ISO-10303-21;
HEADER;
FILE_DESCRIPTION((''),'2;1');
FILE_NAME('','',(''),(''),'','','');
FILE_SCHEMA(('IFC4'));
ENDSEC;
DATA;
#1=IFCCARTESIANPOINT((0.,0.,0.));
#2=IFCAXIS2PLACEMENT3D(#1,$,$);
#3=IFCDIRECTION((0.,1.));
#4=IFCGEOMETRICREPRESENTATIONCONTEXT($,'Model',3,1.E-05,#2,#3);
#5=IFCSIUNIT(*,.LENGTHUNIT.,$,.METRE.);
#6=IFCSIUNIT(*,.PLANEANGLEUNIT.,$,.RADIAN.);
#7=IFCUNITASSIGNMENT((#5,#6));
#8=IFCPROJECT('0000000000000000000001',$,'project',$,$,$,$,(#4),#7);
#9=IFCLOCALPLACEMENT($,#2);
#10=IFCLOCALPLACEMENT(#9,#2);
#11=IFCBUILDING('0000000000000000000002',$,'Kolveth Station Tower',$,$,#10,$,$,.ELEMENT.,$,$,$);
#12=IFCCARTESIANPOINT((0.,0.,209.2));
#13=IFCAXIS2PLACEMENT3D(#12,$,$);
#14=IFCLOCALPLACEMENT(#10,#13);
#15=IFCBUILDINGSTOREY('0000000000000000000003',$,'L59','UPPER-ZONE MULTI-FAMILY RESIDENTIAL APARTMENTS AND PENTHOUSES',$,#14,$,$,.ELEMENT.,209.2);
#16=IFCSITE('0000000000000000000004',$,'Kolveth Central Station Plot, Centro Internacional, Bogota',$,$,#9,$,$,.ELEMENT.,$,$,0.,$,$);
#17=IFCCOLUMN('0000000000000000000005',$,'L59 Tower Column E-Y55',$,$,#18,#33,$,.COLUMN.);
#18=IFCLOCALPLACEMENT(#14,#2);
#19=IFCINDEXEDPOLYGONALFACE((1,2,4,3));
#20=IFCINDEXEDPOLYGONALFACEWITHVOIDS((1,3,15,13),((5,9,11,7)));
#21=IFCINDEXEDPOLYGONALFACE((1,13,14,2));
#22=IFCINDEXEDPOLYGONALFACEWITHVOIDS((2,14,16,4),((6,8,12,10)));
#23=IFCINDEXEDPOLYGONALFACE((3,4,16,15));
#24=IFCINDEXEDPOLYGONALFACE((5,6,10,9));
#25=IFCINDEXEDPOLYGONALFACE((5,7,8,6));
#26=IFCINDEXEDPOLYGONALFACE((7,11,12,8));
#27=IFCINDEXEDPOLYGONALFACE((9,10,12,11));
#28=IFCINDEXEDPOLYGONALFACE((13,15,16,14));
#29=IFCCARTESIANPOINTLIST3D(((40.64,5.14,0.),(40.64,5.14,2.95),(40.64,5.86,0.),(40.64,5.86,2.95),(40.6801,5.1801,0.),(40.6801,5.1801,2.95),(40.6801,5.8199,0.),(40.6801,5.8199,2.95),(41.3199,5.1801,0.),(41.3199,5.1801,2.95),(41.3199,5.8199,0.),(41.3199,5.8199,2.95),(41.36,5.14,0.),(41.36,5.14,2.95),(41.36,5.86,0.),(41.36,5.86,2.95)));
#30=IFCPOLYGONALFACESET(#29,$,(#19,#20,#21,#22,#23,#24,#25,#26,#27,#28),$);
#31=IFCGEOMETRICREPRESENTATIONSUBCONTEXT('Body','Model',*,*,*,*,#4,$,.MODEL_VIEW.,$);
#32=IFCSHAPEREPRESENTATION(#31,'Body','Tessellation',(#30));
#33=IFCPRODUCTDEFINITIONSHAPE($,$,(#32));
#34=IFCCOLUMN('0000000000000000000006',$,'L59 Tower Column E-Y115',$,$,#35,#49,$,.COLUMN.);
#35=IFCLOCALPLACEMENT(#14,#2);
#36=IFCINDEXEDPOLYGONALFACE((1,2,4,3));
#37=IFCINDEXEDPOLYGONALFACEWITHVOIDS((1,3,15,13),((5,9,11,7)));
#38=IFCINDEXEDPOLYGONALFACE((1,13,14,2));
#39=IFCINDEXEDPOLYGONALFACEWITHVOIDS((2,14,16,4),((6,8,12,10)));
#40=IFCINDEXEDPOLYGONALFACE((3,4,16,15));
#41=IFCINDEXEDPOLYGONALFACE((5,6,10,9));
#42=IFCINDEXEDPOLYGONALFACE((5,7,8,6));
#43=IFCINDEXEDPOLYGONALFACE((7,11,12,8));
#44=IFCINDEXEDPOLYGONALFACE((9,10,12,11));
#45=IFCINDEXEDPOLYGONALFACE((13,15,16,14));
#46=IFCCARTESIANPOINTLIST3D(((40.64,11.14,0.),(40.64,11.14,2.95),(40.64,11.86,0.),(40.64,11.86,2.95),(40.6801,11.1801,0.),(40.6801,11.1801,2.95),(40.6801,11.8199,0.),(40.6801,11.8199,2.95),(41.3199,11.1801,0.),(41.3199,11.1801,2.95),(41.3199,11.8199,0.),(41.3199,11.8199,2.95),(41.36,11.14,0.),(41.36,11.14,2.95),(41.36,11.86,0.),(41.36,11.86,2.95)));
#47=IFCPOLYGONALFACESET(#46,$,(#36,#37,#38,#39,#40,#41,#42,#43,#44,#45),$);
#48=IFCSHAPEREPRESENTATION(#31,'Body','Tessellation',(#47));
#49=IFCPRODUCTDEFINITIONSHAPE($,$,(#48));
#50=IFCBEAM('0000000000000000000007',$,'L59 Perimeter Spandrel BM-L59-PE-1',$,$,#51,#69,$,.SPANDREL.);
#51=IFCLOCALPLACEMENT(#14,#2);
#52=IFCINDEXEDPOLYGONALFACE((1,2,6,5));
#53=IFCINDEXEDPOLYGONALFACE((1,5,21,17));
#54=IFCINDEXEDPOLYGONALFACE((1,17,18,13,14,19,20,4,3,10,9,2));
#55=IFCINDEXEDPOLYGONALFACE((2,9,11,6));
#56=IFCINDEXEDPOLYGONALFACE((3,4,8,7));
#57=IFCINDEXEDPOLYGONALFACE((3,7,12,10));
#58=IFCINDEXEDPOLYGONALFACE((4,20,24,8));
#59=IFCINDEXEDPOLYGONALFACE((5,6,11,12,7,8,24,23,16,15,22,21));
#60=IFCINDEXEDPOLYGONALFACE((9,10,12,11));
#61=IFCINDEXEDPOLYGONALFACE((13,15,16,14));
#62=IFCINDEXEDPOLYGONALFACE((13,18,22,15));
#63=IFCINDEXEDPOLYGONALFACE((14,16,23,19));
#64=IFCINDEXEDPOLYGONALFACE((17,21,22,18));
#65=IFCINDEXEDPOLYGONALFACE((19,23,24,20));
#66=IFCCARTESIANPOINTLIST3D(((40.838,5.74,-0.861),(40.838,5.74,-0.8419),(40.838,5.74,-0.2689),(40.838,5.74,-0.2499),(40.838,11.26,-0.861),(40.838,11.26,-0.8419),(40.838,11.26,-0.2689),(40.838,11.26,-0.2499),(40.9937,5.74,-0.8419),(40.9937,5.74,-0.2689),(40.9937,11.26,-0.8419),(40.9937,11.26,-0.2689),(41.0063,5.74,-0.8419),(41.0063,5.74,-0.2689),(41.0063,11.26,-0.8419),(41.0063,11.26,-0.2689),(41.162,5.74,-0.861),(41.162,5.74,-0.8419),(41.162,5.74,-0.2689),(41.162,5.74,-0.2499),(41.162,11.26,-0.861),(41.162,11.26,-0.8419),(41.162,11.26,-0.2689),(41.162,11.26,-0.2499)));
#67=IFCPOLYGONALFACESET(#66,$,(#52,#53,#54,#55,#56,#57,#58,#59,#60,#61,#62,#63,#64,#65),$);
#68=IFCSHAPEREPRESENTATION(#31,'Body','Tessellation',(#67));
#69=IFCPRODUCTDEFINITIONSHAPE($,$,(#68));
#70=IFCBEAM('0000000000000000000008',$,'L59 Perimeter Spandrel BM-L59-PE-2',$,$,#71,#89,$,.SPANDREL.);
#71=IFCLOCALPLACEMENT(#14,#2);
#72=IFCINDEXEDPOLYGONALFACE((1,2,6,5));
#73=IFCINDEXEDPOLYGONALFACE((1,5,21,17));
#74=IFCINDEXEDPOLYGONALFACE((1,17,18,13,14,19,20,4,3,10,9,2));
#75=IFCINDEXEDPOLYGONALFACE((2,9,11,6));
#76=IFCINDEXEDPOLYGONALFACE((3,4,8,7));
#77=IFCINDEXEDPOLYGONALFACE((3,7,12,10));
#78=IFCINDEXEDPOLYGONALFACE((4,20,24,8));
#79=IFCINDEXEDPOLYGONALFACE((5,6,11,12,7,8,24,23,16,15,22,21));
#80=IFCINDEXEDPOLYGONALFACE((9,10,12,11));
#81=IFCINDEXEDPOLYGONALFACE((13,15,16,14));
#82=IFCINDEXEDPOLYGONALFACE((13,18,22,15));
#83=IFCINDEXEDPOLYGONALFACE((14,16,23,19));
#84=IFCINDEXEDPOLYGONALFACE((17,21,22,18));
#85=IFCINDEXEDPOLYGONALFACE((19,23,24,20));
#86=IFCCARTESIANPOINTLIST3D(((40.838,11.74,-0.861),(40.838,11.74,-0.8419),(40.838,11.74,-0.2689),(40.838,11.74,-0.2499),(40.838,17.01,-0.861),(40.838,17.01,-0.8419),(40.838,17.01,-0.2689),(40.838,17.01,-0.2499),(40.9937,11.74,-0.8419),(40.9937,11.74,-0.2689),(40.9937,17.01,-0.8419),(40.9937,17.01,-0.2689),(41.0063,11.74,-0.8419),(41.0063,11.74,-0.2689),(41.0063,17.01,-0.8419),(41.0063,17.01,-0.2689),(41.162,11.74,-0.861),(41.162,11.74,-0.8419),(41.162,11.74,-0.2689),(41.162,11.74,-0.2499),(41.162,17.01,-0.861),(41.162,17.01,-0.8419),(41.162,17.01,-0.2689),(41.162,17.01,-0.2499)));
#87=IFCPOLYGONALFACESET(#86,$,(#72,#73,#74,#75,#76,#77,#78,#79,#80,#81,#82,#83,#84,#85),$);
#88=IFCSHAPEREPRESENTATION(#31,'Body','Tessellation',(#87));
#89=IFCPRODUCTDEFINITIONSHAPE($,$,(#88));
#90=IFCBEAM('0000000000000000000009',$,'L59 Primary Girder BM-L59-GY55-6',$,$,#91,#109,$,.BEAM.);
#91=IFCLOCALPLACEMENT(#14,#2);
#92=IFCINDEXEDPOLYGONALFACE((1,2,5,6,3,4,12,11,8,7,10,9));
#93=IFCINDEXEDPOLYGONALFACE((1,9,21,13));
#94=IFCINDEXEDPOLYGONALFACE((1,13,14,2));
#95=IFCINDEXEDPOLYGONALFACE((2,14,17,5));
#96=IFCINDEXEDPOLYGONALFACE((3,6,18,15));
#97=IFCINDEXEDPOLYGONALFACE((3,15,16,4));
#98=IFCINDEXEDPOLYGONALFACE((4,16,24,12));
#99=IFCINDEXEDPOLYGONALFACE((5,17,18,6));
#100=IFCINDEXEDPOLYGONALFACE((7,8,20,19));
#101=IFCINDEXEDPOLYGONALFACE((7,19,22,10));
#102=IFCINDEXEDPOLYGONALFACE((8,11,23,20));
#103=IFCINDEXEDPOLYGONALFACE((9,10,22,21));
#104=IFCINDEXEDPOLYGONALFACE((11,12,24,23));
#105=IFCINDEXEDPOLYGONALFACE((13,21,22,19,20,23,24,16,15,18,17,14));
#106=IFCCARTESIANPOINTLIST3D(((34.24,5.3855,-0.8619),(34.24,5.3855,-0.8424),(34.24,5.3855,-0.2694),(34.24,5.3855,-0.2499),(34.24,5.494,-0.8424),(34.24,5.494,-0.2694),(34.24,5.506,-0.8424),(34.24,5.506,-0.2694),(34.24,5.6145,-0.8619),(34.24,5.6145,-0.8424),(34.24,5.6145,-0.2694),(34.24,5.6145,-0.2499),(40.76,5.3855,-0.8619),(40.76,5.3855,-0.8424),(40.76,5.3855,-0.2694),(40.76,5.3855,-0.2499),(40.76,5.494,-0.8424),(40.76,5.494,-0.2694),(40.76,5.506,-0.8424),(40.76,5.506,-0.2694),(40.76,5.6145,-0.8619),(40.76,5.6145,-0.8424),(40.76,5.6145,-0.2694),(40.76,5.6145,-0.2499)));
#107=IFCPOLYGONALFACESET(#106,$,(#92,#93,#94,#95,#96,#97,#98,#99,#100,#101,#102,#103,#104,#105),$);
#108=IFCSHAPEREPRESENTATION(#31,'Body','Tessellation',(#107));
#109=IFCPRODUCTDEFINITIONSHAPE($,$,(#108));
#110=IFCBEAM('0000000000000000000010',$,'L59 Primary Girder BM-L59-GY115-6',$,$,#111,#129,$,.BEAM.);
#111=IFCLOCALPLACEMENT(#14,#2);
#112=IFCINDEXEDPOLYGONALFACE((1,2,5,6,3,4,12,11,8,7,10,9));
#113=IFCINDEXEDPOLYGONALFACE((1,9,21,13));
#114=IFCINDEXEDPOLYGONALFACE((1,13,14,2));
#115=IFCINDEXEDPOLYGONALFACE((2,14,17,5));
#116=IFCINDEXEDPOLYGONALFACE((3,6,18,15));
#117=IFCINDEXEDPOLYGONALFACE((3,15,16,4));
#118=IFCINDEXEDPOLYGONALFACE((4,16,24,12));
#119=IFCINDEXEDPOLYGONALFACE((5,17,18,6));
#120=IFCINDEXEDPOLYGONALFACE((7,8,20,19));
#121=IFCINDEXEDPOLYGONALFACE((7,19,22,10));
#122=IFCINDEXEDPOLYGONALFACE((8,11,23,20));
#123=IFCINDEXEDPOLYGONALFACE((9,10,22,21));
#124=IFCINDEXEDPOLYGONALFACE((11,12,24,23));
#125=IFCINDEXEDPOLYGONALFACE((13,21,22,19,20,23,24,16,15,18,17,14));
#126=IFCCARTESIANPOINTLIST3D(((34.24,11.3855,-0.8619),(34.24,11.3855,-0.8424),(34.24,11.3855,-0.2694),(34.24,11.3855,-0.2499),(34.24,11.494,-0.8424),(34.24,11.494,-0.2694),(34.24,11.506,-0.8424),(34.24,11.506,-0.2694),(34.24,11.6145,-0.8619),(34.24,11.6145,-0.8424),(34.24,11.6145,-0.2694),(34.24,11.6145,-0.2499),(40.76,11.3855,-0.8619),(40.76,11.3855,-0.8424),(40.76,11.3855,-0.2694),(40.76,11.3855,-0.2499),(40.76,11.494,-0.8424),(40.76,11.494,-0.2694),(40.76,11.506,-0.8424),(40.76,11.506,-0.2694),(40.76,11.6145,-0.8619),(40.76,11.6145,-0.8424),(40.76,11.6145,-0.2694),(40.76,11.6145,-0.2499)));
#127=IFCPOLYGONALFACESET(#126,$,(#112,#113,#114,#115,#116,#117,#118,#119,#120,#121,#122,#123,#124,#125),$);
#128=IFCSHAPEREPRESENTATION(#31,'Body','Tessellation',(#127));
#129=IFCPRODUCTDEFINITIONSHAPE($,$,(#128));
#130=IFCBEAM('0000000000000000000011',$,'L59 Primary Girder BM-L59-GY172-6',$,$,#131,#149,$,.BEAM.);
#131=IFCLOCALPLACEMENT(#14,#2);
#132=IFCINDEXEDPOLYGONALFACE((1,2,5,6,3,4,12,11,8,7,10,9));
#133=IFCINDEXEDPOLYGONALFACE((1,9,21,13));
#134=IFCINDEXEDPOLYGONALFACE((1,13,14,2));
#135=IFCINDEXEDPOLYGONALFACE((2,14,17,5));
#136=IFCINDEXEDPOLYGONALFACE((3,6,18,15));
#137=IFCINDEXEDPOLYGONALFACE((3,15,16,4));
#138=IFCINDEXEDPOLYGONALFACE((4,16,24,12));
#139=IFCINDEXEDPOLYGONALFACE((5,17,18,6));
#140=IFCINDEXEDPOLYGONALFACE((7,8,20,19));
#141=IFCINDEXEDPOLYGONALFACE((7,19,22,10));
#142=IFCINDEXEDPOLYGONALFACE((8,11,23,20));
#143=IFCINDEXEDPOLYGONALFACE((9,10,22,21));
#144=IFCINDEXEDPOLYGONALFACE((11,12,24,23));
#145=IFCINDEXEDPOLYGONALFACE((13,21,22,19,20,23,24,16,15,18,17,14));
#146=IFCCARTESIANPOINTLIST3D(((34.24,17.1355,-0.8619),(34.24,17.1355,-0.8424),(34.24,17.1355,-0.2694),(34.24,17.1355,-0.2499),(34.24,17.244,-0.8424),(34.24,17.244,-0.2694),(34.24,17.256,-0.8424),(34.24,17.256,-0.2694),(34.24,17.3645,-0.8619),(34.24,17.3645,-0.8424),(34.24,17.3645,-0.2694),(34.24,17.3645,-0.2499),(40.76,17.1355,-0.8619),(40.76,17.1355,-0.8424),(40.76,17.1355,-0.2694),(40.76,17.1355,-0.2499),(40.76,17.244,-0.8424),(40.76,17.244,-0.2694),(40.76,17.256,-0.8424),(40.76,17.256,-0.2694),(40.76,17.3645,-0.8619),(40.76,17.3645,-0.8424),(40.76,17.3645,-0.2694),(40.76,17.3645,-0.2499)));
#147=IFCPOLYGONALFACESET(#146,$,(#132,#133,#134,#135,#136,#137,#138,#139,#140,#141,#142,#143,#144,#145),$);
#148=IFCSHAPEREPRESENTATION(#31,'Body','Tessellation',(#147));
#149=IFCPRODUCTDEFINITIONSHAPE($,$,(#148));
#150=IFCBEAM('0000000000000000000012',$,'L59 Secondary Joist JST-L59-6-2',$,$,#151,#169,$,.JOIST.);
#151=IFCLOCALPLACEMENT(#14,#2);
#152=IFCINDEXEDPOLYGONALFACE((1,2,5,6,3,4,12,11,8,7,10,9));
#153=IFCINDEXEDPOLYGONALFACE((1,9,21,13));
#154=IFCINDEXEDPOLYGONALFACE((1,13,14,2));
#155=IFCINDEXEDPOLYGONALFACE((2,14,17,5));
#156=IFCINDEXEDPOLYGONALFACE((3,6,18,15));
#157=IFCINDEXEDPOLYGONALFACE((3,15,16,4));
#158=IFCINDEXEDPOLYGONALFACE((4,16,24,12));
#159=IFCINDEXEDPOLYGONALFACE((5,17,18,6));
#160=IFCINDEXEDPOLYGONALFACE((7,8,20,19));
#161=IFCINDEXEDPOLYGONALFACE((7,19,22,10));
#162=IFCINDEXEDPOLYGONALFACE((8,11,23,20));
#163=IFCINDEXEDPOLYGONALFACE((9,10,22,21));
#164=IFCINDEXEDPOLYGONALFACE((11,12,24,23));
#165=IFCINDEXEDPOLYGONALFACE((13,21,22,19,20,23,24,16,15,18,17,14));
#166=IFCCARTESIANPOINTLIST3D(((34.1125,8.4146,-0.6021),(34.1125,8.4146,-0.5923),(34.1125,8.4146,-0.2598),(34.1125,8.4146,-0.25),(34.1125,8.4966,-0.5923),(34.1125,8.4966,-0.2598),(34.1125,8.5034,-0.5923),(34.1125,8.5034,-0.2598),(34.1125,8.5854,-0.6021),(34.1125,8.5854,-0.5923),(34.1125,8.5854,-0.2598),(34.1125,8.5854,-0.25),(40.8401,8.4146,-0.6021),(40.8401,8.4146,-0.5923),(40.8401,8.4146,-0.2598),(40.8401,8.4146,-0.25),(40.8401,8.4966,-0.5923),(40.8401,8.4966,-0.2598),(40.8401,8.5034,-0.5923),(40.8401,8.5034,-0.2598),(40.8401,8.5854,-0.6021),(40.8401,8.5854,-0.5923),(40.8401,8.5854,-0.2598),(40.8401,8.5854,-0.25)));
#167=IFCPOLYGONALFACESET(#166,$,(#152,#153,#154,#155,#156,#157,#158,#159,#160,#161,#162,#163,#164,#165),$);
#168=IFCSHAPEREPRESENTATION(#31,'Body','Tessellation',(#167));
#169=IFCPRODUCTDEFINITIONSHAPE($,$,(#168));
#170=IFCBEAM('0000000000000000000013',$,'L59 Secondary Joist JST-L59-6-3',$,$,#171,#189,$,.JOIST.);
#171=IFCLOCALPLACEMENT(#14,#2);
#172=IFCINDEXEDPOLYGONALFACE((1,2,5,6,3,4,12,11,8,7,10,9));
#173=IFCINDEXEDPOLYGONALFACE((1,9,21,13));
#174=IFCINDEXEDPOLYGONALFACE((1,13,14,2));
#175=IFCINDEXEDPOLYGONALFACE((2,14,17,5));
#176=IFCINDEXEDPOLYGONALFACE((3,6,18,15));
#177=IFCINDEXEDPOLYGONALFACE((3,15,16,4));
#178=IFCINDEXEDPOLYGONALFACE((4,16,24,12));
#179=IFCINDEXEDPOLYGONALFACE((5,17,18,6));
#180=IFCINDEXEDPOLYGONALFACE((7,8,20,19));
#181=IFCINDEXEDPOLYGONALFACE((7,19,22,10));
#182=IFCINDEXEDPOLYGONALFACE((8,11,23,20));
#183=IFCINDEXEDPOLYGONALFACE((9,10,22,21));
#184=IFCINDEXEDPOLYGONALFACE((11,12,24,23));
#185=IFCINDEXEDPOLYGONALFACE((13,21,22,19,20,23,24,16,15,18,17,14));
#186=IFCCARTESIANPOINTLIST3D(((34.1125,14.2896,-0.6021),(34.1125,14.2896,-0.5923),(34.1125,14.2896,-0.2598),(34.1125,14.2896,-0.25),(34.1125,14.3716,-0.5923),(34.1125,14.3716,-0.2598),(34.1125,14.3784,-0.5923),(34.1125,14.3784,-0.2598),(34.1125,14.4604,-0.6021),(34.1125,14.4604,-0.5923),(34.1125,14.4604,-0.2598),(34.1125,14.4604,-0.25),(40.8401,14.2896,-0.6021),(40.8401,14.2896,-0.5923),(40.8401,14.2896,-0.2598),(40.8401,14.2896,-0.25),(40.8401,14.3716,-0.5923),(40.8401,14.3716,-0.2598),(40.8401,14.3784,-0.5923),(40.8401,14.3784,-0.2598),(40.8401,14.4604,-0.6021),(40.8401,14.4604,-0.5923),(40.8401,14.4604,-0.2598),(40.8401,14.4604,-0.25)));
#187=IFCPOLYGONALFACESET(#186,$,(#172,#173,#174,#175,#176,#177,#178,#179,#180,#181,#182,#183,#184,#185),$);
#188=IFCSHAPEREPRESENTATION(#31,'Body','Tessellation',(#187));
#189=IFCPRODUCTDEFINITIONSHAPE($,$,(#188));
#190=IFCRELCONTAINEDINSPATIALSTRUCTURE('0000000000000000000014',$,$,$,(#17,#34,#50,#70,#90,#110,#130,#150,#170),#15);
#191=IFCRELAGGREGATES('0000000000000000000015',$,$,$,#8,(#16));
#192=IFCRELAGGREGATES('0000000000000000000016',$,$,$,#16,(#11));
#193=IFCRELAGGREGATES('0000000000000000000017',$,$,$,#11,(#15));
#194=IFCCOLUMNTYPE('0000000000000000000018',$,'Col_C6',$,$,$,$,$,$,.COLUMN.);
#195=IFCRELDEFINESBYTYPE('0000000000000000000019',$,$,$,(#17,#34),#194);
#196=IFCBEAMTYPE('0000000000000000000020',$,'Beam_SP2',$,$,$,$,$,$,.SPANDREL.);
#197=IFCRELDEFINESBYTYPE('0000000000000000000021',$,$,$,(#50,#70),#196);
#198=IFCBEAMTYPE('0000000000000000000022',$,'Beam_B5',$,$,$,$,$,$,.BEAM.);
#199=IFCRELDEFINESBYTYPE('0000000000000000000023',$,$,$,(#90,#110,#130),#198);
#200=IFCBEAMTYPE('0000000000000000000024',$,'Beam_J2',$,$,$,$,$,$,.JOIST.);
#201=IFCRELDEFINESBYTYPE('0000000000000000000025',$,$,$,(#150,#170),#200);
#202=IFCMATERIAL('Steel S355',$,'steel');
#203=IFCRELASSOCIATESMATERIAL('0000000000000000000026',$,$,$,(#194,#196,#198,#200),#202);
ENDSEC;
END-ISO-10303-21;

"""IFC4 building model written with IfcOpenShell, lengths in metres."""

from ifc_helpers import new_model, si_unit, direction, frame, origin, origin_2d, place, context, subcontext, project, spatial, hollow_rectangle, i_section, extrude, source, transform, mapped, material, material_profile, profile_set, type_object, element, save


model = new_model("IFC4")

# Units and contexts
model_context = context("Model", 3, precision=1e-05, world=origin(), true_north=direction((0.0, 1.0)))
body_context = subcontext(model_context, "Body", "Model", "MODEL_VIEW")
ifc_project = project(units=[si_unit("LENGTHUNIT", "METRE"), si_unit("PLANEANGLEUNIT", "RADIAN")], contexts=[model_context])

# Site, building, storey
site_placement = place(None, origin())
site = spatial("IfcSite", under=ifc_project, at=site_placement, Name="Kolveth Central Station Plot, Centro Internacional, Bogota", CompositionType="ELEMENT", RefElevation=0.0)
building_placement = place(site_placement, origin())
building = spatial("IfcBuilding", under=site, at=building_placement, Name="Kolveth Station Tower", CompositionType="ELEMENT")
storey_placement = place(building_placement, frame((0.0, 0.0, 209.2)))
storey = spatial("IfcBuildingStorey", under=building, at=storey_placement, Name="L59", Description="UPPER-ZONE MULTI-FAMILY RESIDENTIAL APARTMENTS AND PENTHOUSES", CompositionType="ELEMENT", Elevation=209.2)

# Columns
ifc_material_1 = material(Name="Steel S355", Category="steel")
ifc_material_profile_1 = material_profile(ifc_material_1, hollow_rectangle(XDim=0.72, YDim=0.72, WallThickness=0.04, at=origin_2d()), Name="BOX720x720x40")
ifc_profile_set_1 = profile_set([ifc_material_profile_1], Name="Steel S355")
column_type = type_object("IfcColumnType", Name="Col_C6", PredefinedType="COLUMN", material=ifc_profile_set_1)
shared_shape_1 = source(origin(), body_context, "Body", "SweptSolid", [
    extrude(hollow_rectangle(XDim=0.72, YDim=0.72, WallThickness=0.04, at=origin_2d()), origin(), (0.0, 0.0, 1.0), 2.95),
])
for number, where, z_axis, x_axis, name in (
    (1, (41.0, 5.5, 0.0), (0.0, 0.0, 1.0), (1.0, 0.0, 0.0), "L59 Tower Column E-Y55"),
    (2, (41.0, 11.5, 0.0), (0.0, 0.0, 1.0), (1.0, 0.0, 0.0), "L59 Tower Column E-Y115"),
):
    element("IfcColumn", number, at=place(storey_placement, frame(where, z_axis=z_axis, x_axis=x_axis)), inside=storey, type_object=column_type, Name=name, PredefinedType="COLUMN", context=body_context, shape_type="MappedRepresentation", body=[
        mapped(shared_shape_1, transform((0.0, 0.0, 0.0), x_axis=(1.0, 0.0, 0.0), y_axis=(0.0, 1.0, 0.0), z_axis=(0.0, 0.0, 1.0), scale=1.0)),
    ])

# Beams
ifc_material_profile_2 = material_profile(ifc_material_1, i_section(OverallWidth=0.324, OverallDepth=0.6111, WebThickness=0.0127, FlangeThickness=0.019, at=origin_2d()), Name="W610x155")
ifc_profile_set_2 = profile_set([ifc_material_profile_2], Name="Steel S355")
beam_type_1 = type_object("IfcBeamType", Name="Beam_SP2", PredefinedType="SPANDREL", material=ifc_profile_set_2)
shared_shape_2 = source(origin(), body_context, "Body", "SweptSolid", [
    extrude(i_section(OverallWidth=0.324, OverallDepth=0.6111, WebThickness=0.0127, FlangeThickness=0.019, at=origin_2d()), origin(), (0.0, 0.0, 1.0), 5.52),
])
beam_1_placement = place(storey_placement, frame((41.0, 5.74, -0.5554), z_axis=(0.0, 1.0, 0.0), x_axis=(-1.0, 0.0, 0.0)))
element("IfcBeam", 3, at=beam_1_placement, inside=storey, type_object=beam_type_1, Name="L59 Perimeter Spandrel BM-L59-PE-1", PredefinedType="SPANDREL", context=body_context, shape_type="MappedRepresentation", body=[
    mapped(shared_shape_2, transform((0.0, 0.0, 0.0), x_axis=(1.0, 0.0, 0.0), y_axis=(0.0, 1.0, 0.0), z_axis=(0.0, 0.0, 1.0), scale=1.0)),
])
shared_shape_3 = source(origin(), body_context, "Body", "SweptSolid", [
    extrude(i_section(OverallWidth=0.324, OverallDepth=0.6111, WebThickness=0.0127, FlangeThickness=0.019, at=origin_2d()), origin(), (0.0, 0.0, 1.0), 5.27),
])
beam_2_placement = place(storey_placement, frame((41.0, 11.74, -0.5554), z_axis=(0.0, 1.0, 0.0), x_axis=(-1.0, 0.0, 0.0)))
element("IfcBeam", 4, at=beam_2_placement, inside=storey, type_object=beam_type_1, Name="L59 Perimeter Spandrel BM-L59-PE-2", PredefinedType="SPANDREL", context=body_context, shape_type="MappedRepresentation", body=[
    mapped(shared_shape_3, transform((0.0, 0.0, 0.0), x_axis=(1.0, 0.0, 0.0), y_axis=(0.0, 1.0, 0.0), z_axis=(0.0, 0.0, 1.0), scale=1.0)),
])
ifc_material_profile_3 = material_profile(ifc_material_1, i_section(OverallWidth=0.229, OverallDepth=0.6121, WebThickness=0.012, FlangeThickness=0.0195, at=origin_2d()), Name="W610x125")
ifc_profile_set_3 = profile_set([ifc_material_profile_3], Name="Steel S355")
beam_type_2 = type_object("IfcBeamType", Name="Beam_B5", PredefinedType="BEAM", material=ifc_profile_set_3)
shared_shape_4 = source(origin(), body_context, "Body", "SweptSolid", [
    extrude(i_section(OverallWidth=0.229, OverallDepth=0.6121, WebThickness=0.012, FlangeThickness=0.0195, at=origin_2d()), origin(), (0.0, 0.0, 1.0), 6.52),
])
for number, where, z_axis, x_axis, name in (
    (5, (34.24, 5.5, -0.5559), (1.0, 0.0, 0.0), (0.0, 1.0, 0.0), "L59 Primary Girder BM-L59-GY55-6"),
    (6, (34.24, 11.5, -0.5559), (1.0, 0.0, 0.0), (0.0, 1.0, 0.0), "L59 Primary Girder BM-L59-GY115-6"),
    (7, (34.24, 17.25, -0.5559), (1.0, 0.0, 0.0), (0.0, 1.0, 0.0), "L59 Primary Girder BM-L59-GY172-6"),
):
    element("IfcBeam", number, at=place(storey_placement, frame(where, z_axis=z_axis, x_axis=x_axis)), inside=storey, type_object=beam_type_2, Name=name, PredefinedType="BEAM", context=body_context, shape_type="MappedRepresentation", body=[
        mapped(shared_shape_4, transform((0.0, 0.0, 0.0), x_axis=(1.0, 0.0, 0.0), y_axis=(0.0, 1.0, 0.0), z_axis=(0.0, 0.0, 1.0), scale=1.0)),
    ])
ifc_material_profile_4 = material_profile(ifc_material_1, i_section(OverallWidth=0.1709, OverallDepth=0.3521, WebThickness=0.0068, FlangeThickness=0.0098, at=origin_2d()), Name="W360x44")
ifc_profile_set_4 = profile_set([ifc_material_profile_4], Name="Steel S355")
beam_type_3 = type_object("IfcBeamType", Name="Beam_J2", PredefinedType="JOIST", material=ifc_profile_set_4)
shared_shape_5 = source(origin(), body_context, "Body", "SweptSolid", [
    extrude(i_section(OverallWidth=0.1709, OverallDepth=0.3521, WebThickness=0.0068, FlangeThickness=0.0098, at=origin_2d()), origin(), (0.0, 0.0, 1.0), 6.7275),
])
for number, where, z_axis, x_axis, name in (
    (8, (34.1125, 8.5, -0.426), (1.0, 0.0, 0.0), (0.0, 1.0, 0.0), "L59 Secondary Joist JST-L59-6-2"),
    (9, (34.1125, 14.375, -0.426), (1.0, 0.0, 0.0), (0.0, 1.0, 0.0), "L59 Secondary Joist JST-L59-6-3"),
):
    element("IfcBeam", number, at=place(storey_placement, frame(where, z_axis=z_axis, x_axis=x_axis)), inside=storey, type_object=beam_type_3, Name=name, PredefinedType="JOIST", context=body_context, shape_type="MappedRepresentation", body=[
        mapped(shared_shape_5, transform((0.0, 0.0, 0.0), x_axis=(1.0, 0.0, 0.0), y_axis=(0.0, 1.0, 0.0), z_axis=(0.0, 0.0, 1.0), scale=1.0)),
    ])

save(model, "model.ifc")
